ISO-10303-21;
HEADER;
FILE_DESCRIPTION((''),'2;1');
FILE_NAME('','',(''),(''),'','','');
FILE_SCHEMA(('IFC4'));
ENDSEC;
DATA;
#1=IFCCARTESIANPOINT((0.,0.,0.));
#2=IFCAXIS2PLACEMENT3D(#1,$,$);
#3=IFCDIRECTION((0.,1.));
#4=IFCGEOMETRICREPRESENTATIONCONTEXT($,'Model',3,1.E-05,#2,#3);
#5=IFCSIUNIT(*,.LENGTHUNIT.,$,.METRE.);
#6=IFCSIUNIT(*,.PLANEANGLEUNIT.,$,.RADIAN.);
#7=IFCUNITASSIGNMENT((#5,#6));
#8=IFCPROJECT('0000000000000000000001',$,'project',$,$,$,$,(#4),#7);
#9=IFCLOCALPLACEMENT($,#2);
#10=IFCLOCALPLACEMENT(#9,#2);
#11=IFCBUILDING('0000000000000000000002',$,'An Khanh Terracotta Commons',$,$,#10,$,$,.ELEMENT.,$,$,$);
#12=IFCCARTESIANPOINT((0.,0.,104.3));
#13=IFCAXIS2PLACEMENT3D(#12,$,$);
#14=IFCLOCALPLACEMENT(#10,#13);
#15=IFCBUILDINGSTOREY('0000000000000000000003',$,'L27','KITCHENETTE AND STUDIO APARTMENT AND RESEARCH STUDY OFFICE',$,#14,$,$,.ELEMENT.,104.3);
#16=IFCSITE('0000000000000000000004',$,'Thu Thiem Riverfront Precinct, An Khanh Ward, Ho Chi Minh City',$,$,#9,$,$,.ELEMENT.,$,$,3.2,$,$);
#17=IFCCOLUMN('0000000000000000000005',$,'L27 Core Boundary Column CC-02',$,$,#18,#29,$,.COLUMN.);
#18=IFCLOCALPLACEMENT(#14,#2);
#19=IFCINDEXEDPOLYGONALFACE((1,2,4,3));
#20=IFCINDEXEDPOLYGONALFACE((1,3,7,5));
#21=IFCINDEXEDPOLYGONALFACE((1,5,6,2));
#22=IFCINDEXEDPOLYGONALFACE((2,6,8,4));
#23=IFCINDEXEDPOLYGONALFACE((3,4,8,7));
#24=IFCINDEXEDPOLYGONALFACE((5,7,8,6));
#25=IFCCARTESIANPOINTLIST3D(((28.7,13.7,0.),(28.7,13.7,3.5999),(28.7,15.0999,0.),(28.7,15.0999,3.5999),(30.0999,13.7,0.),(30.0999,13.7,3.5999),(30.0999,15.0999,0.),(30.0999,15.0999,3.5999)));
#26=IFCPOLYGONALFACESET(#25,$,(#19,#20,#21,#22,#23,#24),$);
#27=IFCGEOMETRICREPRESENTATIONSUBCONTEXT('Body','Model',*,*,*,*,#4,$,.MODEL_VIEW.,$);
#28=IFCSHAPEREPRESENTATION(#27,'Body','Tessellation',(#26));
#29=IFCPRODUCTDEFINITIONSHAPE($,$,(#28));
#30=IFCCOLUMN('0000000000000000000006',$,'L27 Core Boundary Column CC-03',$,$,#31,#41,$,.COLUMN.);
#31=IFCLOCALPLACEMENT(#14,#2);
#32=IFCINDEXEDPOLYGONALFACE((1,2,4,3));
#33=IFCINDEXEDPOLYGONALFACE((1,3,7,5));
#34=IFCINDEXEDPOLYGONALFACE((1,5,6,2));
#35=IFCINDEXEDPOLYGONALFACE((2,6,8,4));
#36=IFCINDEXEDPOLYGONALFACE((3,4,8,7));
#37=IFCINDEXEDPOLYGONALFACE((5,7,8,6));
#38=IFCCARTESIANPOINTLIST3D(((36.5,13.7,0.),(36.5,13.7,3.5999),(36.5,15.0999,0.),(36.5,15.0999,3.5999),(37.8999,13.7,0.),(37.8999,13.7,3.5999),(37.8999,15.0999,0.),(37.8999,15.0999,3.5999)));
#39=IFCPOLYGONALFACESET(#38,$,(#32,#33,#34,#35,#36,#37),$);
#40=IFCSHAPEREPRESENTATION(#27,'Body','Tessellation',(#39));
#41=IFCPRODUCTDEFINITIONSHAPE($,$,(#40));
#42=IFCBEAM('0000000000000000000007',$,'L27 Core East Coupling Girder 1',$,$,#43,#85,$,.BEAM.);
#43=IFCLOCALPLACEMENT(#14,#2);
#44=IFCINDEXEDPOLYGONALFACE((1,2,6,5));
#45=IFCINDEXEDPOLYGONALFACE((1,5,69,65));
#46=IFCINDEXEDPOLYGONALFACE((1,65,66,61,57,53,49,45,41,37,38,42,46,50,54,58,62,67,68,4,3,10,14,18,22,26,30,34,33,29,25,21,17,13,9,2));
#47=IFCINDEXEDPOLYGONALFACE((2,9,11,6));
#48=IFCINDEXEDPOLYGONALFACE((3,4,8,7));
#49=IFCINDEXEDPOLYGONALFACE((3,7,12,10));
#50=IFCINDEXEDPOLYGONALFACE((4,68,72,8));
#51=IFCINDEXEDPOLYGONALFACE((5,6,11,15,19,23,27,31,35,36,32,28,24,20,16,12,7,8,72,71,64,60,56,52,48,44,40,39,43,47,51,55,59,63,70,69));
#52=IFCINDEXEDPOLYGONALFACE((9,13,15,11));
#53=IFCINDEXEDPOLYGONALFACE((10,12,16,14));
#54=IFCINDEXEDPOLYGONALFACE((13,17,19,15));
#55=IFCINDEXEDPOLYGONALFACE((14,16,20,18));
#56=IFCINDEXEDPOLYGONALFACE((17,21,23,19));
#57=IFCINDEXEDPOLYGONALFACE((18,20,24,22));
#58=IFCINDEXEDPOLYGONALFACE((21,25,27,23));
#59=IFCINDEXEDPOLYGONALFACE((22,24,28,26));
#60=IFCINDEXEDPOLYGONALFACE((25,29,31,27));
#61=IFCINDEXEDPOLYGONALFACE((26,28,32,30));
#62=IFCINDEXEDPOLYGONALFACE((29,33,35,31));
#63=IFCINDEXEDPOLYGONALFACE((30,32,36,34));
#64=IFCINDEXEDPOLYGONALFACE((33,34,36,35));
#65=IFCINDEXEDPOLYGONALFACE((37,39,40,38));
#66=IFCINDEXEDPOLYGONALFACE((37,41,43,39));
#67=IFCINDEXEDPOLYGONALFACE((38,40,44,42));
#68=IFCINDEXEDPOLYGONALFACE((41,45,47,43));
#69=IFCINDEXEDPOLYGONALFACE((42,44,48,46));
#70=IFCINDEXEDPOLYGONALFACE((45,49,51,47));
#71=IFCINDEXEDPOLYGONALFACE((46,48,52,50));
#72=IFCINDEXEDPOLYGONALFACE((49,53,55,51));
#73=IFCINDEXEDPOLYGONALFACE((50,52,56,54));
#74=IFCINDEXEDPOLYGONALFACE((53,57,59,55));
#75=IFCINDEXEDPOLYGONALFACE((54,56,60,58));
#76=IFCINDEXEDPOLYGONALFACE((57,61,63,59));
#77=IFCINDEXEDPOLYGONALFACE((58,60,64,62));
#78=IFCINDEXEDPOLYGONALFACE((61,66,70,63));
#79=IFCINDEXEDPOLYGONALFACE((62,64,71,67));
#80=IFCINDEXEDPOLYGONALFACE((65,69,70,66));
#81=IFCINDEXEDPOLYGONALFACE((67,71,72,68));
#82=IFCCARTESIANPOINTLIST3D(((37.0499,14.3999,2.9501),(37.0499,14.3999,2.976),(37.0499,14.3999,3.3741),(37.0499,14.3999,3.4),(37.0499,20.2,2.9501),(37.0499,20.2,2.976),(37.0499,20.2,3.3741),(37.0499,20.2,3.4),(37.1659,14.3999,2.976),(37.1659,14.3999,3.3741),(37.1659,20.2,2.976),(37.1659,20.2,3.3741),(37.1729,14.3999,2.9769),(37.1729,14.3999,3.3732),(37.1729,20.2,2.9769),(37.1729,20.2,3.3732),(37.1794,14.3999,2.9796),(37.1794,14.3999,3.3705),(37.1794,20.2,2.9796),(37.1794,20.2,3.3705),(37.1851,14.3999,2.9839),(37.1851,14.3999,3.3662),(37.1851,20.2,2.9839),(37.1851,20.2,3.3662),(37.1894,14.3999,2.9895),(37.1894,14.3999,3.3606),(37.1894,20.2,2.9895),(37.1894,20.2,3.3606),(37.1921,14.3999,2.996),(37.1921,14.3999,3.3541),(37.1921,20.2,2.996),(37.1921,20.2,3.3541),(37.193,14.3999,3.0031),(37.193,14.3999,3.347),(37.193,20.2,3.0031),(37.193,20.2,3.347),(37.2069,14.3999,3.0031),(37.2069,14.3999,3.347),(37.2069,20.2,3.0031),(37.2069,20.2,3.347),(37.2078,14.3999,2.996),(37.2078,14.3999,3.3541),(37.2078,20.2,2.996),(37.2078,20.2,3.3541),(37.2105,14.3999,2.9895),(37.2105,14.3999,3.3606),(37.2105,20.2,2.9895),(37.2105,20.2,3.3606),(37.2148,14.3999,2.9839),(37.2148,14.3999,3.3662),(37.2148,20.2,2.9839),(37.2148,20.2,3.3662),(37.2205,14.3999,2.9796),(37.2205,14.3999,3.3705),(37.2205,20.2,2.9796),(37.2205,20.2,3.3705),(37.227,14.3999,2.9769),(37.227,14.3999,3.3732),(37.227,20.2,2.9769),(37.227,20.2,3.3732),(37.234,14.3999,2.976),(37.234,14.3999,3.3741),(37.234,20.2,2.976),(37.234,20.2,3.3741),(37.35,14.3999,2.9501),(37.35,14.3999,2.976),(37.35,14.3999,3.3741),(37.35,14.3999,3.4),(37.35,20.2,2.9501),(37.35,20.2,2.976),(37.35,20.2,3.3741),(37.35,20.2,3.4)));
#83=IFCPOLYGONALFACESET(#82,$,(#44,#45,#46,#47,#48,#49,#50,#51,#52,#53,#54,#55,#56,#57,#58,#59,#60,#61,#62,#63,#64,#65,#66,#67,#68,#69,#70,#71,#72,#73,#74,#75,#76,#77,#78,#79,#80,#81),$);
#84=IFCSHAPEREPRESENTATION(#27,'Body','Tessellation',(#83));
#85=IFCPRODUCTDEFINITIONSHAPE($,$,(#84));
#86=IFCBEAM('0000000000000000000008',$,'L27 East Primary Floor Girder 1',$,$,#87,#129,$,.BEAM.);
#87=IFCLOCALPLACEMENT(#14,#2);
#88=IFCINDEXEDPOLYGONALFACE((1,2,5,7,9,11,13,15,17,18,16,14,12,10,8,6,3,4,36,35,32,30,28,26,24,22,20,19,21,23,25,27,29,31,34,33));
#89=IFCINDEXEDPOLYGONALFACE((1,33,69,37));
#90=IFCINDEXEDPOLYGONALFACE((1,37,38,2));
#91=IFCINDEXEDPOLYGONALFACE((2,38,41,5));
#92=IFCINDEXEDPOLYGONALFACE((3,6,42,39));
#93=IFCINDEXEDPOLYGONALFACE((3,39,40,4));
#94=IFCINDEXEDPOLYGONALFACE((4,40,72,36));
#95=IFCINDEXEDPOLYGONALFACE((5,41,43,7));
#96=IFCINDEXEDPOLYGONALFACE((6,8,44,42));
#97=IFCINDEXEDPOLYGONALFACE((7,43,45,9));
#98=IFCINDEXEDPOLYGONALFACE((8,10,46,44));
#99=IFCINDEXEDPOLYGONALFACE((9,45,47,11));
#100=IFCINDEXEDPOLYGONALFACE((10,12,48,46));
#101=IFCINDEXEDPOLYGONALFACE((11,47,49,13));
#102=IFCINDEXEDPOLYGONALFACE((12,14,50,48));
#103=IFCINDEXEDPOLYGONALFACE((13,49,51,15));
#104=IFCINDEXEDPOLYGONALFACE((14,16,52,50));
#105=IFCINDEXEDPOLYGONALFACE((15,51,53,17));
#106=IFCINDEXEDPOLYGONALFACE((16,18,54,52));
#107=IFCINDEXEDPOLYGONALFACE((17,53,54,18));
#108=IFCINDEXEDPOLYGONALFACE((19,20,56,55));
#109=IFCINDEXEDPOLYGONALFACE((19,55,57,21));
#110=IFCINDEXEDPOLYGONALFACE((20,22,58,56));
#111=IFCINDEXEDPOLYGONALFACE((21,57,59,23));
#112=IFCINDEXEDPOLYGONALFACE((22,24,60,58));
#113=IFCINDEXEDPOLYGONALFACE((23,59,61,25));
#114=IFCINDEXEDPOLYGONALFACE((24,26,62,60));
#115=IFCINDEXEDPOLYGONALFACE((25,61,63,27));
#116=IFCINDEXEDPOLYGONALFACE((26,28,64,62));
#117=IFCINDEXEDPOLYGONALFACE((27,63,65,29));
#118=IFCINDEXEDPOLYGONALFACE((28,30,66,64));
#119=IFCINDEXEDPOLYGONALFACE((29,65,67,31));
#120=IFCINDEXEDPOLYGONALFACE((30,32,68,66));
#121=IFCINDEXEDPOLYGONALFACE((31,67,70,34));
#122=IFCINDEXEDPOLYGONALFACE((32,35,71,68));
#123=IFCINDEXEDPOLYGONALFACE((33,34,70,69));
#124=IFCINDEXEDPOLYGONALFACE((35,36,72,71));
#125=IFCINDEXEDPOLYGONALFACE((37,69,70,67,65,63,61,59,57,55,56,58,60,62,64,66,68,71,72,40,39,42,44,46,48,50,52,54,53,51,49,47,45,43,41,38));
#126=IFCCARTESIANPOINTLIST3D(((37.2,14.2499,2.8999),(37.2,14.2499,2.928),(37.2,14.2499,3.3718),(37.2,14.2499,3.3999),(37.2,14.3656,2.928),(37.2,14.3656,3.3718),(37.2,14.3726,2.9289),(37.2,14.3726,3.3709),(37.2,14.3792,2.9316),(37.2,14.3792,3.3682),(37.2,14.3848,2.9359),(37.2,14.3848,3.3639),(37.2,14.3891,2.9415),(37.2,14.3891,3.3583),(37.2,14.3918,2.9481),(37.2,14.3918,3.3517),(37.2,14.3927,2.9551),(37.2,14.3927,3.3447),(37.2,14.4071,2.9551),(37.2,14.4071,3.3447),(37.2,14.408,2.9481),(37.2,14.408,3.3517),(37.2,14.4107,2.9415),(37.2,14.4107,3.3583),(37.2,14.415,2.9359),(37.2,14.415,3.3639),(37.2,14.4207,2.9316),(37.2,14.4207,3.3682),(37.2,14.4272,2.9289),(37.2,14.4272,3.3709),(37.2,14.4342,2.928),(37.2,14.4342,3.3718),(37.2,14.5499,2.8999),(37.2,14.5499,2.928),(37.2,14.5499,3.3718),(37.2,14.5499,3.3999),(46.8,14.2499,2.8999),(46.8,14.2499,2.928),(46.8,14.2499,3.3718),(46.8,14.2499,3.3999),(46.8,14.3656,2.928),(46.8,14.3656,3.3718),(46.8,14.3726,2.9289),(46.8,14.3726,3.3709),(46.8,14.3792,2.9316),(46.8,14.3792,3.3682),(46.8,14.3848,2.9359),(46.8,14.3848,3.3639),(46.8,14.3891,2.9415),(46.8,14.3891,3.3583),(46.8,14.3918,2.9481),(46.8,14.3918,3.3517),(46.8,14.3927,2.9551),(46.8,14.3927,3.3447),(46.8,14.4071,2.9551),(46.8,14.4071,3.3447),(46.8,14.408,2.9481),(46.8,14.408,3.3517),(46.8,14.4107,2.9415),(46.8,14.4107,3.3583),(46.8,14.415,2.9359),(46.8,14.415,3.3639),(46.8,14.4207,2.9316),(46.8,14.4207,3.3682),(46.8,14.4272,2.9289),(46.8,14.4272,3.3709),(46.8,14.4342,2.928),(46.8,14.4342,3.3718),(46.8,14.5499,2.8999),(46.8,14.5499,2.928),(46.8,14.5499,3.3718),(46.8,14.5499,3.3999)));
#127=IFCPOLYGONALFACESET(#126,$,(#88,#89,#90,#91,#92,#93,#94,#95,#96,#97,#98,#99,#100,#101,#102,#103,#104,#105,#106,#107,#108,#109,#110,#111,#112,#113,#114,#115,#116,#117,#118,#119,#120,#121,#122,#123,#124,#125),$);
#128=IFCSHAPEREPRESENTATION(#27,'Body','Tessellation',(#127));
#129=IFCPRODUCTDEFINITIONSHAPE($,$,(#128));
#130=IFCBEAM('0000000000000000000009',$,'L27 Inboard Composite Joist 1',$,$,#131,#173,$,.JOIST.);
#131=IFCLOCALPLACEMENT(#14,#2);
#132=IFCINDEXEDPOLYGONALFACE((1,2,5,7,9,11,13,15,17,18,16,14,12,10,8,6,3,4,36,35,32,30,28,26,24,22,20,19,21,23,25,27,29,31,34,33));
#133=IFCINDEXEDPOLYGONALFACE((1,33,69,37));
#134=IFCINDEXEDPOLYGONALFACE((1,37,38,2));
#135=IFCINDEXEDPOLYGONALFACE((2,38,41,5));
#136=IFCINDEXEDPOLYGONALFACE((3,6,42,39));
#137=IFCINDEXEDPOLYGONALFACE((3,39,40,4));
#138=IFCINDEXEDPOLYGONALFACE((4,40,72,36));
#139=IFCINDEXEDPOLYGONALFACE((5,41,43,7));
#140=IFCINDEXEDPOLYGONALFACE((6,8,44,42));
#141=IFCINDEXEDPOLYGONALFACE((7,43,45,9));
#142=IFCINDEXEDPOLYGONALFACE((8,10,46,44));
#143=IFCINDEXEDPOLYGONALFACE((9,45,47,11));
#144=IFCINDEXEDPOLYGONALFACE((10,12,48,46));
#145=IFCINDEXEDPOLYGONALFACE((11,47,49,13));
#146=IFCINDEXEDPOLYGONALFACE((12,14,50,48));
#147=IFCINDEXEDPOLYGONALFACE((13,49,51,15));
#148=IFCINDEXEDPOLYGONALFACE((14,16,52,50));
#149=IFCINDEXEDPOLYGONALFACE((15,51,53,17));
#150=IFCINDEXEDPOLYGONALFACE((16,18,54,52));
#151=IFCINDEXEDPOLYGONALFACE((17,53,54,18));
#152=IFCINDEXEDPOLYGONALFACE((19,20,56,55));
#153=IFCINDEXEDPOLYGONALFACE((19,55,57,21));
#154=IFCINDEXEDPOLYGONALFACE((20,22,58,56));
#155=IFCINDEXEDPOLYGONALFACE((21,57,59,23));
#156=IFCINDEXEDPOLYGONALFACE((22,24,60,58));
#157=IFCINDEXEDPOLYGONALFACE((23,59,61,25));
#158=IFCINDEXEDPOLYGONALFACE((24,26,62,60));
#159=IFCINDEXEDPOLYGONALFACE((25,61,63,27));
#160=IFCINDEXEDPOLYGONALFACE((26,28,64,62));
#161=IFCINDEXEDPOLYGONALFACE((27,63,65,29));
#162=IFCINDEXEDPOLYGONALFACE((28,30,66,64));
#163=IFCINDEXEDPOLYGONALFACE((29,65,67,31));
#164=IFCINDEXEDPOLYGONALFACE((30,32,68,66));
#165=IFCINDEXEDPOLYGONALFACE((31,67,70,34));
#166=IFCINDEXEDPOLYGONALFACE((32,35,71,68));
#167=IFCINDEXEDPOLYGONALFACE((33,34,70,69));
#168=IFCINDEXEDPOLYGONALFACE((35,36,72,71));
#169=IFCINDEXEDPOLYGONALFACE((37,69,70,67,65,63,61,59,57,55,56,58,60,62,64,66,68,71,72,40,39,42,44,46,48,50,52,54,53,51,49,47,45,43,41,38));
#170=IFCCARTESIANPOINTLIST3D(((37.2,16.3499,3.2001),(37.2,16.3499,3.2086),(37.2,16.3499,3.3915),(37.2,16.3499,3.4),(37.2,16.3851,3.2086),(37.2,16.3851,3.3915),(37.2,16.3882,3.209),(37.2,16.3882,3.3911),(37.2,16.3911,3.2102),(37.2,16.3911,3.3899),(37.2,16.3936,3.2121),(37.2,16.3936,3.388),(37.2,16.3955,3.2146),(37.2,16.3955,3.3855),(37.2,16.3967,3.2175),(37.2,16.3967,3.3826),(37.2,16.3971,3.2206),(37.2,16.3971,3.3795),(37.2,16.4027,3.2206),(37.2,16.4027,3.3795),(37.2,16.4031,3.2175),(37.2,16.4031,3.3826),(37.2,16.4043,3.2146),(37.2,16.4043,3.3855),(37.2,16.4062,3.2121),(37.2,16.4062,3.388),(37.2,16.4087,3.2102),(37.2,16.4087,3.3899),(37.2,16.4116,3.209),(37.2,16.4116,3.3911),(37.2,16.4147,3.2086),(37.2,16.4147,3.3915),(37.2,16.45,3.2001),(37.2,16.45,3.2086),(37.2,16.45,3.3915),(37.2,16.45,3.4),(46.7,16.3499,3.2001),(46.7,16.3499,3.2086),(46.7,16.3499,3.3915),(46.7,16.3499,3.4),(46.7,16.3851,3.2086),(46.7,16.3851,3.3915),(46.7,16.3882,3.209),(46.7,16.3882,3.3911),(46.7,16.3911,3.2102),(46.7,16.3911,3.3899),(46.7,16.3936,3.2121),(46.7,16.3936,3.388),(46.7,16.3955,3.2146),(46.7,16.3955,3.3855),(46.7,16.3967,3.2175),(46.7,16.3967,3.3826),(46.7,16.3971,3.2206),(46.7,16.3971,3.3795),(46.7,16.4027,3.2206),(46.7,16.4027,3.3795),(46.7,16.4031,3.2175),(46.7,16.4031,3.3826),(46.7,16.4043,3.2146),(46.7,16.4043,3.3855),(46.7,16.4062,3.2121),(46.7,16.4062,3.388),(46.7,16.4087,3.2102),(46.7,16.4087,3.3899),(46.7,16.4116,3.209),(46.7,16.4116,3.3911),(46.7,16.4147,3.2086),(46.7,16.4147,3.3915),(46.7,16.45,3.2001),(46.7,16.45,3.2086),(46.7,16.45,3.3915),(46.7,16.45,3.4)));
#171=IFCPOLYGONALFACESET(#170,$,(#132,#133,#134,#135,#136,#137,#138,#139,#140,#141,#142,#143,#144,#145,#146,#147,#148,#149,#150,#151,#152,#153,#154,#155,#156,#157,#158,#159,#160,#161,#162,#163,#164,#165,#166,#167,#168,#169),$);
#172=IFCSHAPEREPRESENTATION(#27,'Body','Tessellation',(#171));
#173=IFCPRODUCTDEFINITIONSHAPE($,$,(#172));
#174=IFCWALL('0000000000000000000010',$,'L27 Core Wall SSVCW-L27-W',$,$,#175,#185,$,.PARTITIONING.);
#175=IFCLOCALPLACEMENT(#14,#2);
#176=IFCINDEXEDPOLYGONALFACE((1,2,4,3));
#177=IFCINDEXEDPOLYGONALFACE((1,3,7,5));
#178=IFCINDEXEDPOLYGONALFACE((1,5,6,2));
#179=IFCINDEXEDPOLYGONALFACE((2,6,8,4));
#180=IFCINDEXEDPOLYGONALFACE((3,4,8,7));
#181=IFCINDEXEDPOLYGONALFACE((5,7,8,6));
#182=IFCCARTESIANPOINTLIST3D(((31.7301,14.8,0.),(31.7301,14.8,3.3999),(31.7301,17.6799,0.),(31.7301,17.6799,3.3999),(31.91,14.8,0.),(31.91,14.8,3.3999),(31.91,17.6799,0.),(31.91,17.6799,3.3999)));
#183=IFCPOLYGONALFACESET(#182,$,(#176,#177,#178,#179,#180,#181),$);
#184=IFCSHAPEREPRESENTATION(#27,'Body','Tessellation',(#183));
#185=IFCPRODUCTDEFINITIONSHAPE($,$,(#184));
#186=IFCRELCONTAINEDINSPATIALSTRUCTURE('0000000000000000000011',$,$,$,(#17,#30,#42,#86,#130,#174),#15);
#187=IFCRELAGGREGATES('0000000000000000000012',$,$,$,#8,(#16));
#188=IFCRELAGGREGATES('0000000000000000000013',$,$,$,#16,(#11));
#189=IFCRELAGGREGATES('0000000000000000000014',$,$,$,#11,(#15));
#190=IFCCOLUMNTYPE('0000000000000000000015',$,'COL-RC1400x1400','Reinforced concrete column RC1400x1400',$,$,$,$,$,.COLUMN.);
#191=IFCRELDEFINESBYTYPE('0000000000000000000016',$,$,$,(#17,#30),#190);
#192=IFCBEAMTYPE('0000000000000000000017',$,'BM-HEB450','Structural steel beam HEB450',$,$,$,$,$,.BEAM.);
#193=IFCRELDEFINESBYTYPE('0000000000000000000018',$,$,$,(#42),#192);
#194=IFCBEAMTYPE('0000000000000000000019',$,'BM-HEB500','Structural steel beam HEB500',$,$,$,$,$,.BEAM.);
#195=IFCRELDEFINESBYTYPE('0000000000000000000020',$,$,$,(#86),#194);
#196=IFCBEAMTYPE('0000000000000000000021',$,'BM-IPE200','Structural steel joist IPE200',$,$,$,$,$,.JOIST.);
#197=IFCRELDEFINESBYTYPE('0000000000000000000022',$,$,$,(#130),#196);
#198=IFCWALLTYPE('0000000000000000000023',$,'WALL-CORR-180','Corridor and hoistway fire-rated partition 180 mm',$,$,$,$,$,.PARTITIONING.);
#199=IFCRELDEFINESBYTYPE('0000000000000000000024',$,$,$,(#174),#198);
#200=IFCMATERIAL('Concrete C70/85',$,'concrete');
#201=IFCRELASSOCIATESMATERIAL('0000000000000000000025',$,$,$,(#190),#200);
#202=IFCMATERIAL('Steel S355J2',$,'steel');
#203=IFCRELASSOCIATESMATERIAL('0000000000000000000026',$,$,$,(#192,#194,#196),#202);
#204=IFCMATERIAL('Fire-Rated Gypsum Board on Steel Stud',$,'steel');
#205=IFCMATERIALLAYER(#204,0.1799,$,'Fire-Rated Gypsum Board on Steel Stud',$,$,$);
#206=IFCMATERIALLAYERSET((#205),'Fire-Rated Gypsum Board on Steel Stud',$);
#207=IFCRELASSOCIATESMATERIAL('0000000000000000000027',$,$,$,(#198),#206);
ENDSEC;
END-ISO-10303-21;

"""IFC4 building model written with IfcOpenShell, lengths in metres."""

from ifc_helpers import new_model, si_unit, direction, frame, frame_2d, origin, origin_2d, place, context, subcontext, project, spatial, rectangle, i_section, extrude, material, layer, layer_set, material_profile, profile_set, type_object, element, save


model = new_model("IFC4")

# Units and contexts
model_context = context("Model", 3, precision=1e-05, world=origin(), true_north=direction((0.0, 1.0)))
body_context = subcontext(model_context, "Body", "Model", "MODEL_VIEW")
ifc_project = project(units=[si_unit("LENGTHUNIT", "METRE"), si_unit("PLANEANGLEUNIT", "RADIAN")], contexts=[model_context])

# Site, building, storey
site_placement = place(None, origin())
site = spatial("IfcSite", under=ifc_project, at=site_placement, Name="Thu Thiem Riverfront Precinct, An Khanh Ward, Ho Chi Minh City", CompositionType="ELEMENT", RefElevation=3.2)
building_placement = place(site_placement, origin())
building = spatial("IfcBuilding", under=site, at=building_placement, Name="An Khanh Terracotta Commons", CompositionType="ELEMENT")
storey_placement = place(building_placement, frame((0.0, 0.0, 104.3)))
storey = spatial("IfcBuildingStorey", under=building, at=storey_placement, Name="L27", Description="KITCHENETTE AND STUDIO APARTMENT AND RESEARCH STUDY OFFICE", CompositionType="ELEMENT", Elevation=104.3)

# Columns
ifc_material_1 = material(Name="Concrete C70/85", Category="concrete")
ifc_material_profile_1 = material_profile(ifc_material_1, rectangle(XDim=1.3999, YDim=1.3999, at=origin_2d()), Name="RC1400x1400")
ifc_profile_set_1 = profile_set([ifc_material_profile_1], Name="Concrete C70/85")
column_type = type_object("IfcColumnType", Name="COL-RC1400x1400", Description="Reinforced concrete column RC1400x1400", PredefinedType="COLUMN", material=ifc_profile_set_1)
for number, where, z_axis, x_axis, name in (
    (1, (29.3999, 14.3999, 0.0), (0.0, 0.0, 1.0), (1.0, 0.0, 0.0), "L27 Core Boundary Column CC-02"),
    (2, (37.2, 14.3999, 0.0), (0.0, 0.0, 1.0), (1.0, 0.0, 0.0), "L27 Core Boundary Column CC-03"),
):
    element("IfcColumn", number, at=place(storey_placement, frame(where, z_axis=z_axis, x_axis=x_axis)), inside=storey, type_object=column_type, Name=name, PredefinedType="COLUMN", context=body_context, shape_type="SweptSolid", body=[
        extrude(rectangle(XDim=1.3999, YDim=1.3999, at=origin_2d()), origin(), (0.0, 0.0, 1.0), 3.5999),
    ])

# Beams
ifc_material_2 = material(Name="Steel S355J2", Category="steel")
ifc_material_profile_2 = material_profile(ifc_material_2, i_section(OverallWidth=0.3, OverallDepth=0.45, WebThickness=0.0139, FlangeThickness=0.0259, FilletRadius=0.0271, at=origin_2d()), Name="HEB450")
ifc_profile_set_2 = profile_set([ifc_material_profile_2], Name="Steel S355J2")
beam_type_1 = type_object("IfcBeamType", Name="BM-HEB450", Description="Structural steel beam HEB450", PredefinedType="BEAM", material=ifc_profile_set_2)
beam_1_placement = place(storey_placement, frame((37.2, 14.3999, 3.175), z_axis=(0.0, 1.0, 0.0), x_axis=(-1.0, 0.0, 0.0)))
element("IfcBeam", 3, at=beam_1_placement, inside=storey, type_object=beam_type_1, Name="L27 Core East Coupling Girder 1", PredefinedType="BEAM", context=body_context, shape_type="SweptSolid", body=[
    extrude(i_section(OverallWidth=0.3, OverallDepth=0.45, WebThickness=0.0139, FlangeThickness=0.0259, FilletRadius=0.0271, at=origin_2d()), origin(), (0.0, 0.0, 1.0), 5.8),
])
ifc_material_profile_3 = material_profile(ifc_material_2, i_section(OverallWidth=0.3, OverallDepth=0.5, WebThickness=0.0144, FlangeThickness=0.0281, FilletRadius=0.0271, at=origin_2d()), Name="HEB500")
ifc_profile_set_3 = profile_set([ifc_material_profile_3], Name="Steel S355J2")
beam_type_2 = type_object("IfcBeamType", Name="BM-HEB500", Description="Structural steel beam HEB500", PredefinedType="BEAM", material=ifc_profile_set_3)
beam_2_placement = place(storey_placement, frame((37.2, 14.3999, 3.1499), z_axis=(1.0, 0.0, 0.0), x_axis=(0.0, 1.0, 0.0)))
element("IfcBeam", 4, at=beam_2_placement, inside=storey, type_object=beam_type_2, Name="L27 East Primary Floor Girder 1", PredefinedType="BEAM", context=body_context, shape_type="SweptSolid", body=[
    extrude(i_section(OverallWidth=0.3, OverallDepth=0.5, WebThickness=0.0144, FlangeThickness=0.0281, FilletRadius=0.0271, at=origin_2d()), origin(), (0.0, 0.0, 1.0), 9.6001),
])
ifc_material_profile_4 = material_profile(ifc_material_2, i_section(OverallWidth=0.1001, OverallDepth=0.2, WebThickness=0.0056, FlangeThickness=0.0085, FilletRadius=0.012, at=origin_2d()), Name="IPE200")
ifc_profile_set_4 = profile_set([ifc_material_profile_4], Name="Steel S355J2")
beam_type_3 = type_object("IfcBeamType", Name="BM-IPE200", Description="Structural steel joist IPE200", PredefinedType="JOIST", material=ifc_profile_set_4)
beam_3_placement = place(storey_placement, frame((37.2, 16.3999, 3.3), z_axis=(1.0, 0.0, 0.0), x_axis=(0.0, 1.0, 0.0)))
element("IfcBeam", 5, at=beam_3_placement, inside=storey, type_object=beam_type_3, Name="L27 Inboard Composite Joist 1", PredefinedType="JOIST", context=body_context, shape_type="SweptSolid", body=[
    extrude(i_section(OverallWidth=0.1001, OverallDepth=0.2, WebThickness=0.0056, FlangeThickness=0.0085, FilletRadius=0.012, at=origin_2d()), origin(), (0.0, 0.0, 1.0), 9.5),
])

# Wall
ifc_material_3 = material(Name="Fire-Rated Gypsum Board on Steel Stud", Category="steel")
ifc_layer_1 = layer(ifc_material_3, 0.1799, Name="Fire-Rated Gypsum Board on Steel Stud")
ifc_layer_set_1 = layer_set([ifc_layer_1], Name="Fire-Rated Gypsum Board on Steel Stud")
wall_type_1 = type_object("IfcWallType", Name="WALL-CORR-180", Description="Corridor and hoistway fire-rated partition 180 mm", PredefinedType="PARTITIONING", material=ifc_layer_set_1)
wall_1_placement = place(storey_placement, frame((31.8201, 14.8, 0.0), z_axis=(0.0, 0.0, 1.0), x_axis=(0.0, 1.0, 0.0)))
element("IfcWall", 6, at=wall_1_placement, inside=storey, type_object=wall_type_1, Name="L27 Core Wall SSVCW-L27-W", PredefinedType="PARTITIONING", context=body_context, shape_type="SweptSolid", body=[
    extrude(rectangle(XDim=2.8799, YDim=0.1799, at=frame_2d((1.4399, 0.0))), origin(), (0.0, 0.0, 1.0), 3.3999),
])

save(model, "model.ifc")
